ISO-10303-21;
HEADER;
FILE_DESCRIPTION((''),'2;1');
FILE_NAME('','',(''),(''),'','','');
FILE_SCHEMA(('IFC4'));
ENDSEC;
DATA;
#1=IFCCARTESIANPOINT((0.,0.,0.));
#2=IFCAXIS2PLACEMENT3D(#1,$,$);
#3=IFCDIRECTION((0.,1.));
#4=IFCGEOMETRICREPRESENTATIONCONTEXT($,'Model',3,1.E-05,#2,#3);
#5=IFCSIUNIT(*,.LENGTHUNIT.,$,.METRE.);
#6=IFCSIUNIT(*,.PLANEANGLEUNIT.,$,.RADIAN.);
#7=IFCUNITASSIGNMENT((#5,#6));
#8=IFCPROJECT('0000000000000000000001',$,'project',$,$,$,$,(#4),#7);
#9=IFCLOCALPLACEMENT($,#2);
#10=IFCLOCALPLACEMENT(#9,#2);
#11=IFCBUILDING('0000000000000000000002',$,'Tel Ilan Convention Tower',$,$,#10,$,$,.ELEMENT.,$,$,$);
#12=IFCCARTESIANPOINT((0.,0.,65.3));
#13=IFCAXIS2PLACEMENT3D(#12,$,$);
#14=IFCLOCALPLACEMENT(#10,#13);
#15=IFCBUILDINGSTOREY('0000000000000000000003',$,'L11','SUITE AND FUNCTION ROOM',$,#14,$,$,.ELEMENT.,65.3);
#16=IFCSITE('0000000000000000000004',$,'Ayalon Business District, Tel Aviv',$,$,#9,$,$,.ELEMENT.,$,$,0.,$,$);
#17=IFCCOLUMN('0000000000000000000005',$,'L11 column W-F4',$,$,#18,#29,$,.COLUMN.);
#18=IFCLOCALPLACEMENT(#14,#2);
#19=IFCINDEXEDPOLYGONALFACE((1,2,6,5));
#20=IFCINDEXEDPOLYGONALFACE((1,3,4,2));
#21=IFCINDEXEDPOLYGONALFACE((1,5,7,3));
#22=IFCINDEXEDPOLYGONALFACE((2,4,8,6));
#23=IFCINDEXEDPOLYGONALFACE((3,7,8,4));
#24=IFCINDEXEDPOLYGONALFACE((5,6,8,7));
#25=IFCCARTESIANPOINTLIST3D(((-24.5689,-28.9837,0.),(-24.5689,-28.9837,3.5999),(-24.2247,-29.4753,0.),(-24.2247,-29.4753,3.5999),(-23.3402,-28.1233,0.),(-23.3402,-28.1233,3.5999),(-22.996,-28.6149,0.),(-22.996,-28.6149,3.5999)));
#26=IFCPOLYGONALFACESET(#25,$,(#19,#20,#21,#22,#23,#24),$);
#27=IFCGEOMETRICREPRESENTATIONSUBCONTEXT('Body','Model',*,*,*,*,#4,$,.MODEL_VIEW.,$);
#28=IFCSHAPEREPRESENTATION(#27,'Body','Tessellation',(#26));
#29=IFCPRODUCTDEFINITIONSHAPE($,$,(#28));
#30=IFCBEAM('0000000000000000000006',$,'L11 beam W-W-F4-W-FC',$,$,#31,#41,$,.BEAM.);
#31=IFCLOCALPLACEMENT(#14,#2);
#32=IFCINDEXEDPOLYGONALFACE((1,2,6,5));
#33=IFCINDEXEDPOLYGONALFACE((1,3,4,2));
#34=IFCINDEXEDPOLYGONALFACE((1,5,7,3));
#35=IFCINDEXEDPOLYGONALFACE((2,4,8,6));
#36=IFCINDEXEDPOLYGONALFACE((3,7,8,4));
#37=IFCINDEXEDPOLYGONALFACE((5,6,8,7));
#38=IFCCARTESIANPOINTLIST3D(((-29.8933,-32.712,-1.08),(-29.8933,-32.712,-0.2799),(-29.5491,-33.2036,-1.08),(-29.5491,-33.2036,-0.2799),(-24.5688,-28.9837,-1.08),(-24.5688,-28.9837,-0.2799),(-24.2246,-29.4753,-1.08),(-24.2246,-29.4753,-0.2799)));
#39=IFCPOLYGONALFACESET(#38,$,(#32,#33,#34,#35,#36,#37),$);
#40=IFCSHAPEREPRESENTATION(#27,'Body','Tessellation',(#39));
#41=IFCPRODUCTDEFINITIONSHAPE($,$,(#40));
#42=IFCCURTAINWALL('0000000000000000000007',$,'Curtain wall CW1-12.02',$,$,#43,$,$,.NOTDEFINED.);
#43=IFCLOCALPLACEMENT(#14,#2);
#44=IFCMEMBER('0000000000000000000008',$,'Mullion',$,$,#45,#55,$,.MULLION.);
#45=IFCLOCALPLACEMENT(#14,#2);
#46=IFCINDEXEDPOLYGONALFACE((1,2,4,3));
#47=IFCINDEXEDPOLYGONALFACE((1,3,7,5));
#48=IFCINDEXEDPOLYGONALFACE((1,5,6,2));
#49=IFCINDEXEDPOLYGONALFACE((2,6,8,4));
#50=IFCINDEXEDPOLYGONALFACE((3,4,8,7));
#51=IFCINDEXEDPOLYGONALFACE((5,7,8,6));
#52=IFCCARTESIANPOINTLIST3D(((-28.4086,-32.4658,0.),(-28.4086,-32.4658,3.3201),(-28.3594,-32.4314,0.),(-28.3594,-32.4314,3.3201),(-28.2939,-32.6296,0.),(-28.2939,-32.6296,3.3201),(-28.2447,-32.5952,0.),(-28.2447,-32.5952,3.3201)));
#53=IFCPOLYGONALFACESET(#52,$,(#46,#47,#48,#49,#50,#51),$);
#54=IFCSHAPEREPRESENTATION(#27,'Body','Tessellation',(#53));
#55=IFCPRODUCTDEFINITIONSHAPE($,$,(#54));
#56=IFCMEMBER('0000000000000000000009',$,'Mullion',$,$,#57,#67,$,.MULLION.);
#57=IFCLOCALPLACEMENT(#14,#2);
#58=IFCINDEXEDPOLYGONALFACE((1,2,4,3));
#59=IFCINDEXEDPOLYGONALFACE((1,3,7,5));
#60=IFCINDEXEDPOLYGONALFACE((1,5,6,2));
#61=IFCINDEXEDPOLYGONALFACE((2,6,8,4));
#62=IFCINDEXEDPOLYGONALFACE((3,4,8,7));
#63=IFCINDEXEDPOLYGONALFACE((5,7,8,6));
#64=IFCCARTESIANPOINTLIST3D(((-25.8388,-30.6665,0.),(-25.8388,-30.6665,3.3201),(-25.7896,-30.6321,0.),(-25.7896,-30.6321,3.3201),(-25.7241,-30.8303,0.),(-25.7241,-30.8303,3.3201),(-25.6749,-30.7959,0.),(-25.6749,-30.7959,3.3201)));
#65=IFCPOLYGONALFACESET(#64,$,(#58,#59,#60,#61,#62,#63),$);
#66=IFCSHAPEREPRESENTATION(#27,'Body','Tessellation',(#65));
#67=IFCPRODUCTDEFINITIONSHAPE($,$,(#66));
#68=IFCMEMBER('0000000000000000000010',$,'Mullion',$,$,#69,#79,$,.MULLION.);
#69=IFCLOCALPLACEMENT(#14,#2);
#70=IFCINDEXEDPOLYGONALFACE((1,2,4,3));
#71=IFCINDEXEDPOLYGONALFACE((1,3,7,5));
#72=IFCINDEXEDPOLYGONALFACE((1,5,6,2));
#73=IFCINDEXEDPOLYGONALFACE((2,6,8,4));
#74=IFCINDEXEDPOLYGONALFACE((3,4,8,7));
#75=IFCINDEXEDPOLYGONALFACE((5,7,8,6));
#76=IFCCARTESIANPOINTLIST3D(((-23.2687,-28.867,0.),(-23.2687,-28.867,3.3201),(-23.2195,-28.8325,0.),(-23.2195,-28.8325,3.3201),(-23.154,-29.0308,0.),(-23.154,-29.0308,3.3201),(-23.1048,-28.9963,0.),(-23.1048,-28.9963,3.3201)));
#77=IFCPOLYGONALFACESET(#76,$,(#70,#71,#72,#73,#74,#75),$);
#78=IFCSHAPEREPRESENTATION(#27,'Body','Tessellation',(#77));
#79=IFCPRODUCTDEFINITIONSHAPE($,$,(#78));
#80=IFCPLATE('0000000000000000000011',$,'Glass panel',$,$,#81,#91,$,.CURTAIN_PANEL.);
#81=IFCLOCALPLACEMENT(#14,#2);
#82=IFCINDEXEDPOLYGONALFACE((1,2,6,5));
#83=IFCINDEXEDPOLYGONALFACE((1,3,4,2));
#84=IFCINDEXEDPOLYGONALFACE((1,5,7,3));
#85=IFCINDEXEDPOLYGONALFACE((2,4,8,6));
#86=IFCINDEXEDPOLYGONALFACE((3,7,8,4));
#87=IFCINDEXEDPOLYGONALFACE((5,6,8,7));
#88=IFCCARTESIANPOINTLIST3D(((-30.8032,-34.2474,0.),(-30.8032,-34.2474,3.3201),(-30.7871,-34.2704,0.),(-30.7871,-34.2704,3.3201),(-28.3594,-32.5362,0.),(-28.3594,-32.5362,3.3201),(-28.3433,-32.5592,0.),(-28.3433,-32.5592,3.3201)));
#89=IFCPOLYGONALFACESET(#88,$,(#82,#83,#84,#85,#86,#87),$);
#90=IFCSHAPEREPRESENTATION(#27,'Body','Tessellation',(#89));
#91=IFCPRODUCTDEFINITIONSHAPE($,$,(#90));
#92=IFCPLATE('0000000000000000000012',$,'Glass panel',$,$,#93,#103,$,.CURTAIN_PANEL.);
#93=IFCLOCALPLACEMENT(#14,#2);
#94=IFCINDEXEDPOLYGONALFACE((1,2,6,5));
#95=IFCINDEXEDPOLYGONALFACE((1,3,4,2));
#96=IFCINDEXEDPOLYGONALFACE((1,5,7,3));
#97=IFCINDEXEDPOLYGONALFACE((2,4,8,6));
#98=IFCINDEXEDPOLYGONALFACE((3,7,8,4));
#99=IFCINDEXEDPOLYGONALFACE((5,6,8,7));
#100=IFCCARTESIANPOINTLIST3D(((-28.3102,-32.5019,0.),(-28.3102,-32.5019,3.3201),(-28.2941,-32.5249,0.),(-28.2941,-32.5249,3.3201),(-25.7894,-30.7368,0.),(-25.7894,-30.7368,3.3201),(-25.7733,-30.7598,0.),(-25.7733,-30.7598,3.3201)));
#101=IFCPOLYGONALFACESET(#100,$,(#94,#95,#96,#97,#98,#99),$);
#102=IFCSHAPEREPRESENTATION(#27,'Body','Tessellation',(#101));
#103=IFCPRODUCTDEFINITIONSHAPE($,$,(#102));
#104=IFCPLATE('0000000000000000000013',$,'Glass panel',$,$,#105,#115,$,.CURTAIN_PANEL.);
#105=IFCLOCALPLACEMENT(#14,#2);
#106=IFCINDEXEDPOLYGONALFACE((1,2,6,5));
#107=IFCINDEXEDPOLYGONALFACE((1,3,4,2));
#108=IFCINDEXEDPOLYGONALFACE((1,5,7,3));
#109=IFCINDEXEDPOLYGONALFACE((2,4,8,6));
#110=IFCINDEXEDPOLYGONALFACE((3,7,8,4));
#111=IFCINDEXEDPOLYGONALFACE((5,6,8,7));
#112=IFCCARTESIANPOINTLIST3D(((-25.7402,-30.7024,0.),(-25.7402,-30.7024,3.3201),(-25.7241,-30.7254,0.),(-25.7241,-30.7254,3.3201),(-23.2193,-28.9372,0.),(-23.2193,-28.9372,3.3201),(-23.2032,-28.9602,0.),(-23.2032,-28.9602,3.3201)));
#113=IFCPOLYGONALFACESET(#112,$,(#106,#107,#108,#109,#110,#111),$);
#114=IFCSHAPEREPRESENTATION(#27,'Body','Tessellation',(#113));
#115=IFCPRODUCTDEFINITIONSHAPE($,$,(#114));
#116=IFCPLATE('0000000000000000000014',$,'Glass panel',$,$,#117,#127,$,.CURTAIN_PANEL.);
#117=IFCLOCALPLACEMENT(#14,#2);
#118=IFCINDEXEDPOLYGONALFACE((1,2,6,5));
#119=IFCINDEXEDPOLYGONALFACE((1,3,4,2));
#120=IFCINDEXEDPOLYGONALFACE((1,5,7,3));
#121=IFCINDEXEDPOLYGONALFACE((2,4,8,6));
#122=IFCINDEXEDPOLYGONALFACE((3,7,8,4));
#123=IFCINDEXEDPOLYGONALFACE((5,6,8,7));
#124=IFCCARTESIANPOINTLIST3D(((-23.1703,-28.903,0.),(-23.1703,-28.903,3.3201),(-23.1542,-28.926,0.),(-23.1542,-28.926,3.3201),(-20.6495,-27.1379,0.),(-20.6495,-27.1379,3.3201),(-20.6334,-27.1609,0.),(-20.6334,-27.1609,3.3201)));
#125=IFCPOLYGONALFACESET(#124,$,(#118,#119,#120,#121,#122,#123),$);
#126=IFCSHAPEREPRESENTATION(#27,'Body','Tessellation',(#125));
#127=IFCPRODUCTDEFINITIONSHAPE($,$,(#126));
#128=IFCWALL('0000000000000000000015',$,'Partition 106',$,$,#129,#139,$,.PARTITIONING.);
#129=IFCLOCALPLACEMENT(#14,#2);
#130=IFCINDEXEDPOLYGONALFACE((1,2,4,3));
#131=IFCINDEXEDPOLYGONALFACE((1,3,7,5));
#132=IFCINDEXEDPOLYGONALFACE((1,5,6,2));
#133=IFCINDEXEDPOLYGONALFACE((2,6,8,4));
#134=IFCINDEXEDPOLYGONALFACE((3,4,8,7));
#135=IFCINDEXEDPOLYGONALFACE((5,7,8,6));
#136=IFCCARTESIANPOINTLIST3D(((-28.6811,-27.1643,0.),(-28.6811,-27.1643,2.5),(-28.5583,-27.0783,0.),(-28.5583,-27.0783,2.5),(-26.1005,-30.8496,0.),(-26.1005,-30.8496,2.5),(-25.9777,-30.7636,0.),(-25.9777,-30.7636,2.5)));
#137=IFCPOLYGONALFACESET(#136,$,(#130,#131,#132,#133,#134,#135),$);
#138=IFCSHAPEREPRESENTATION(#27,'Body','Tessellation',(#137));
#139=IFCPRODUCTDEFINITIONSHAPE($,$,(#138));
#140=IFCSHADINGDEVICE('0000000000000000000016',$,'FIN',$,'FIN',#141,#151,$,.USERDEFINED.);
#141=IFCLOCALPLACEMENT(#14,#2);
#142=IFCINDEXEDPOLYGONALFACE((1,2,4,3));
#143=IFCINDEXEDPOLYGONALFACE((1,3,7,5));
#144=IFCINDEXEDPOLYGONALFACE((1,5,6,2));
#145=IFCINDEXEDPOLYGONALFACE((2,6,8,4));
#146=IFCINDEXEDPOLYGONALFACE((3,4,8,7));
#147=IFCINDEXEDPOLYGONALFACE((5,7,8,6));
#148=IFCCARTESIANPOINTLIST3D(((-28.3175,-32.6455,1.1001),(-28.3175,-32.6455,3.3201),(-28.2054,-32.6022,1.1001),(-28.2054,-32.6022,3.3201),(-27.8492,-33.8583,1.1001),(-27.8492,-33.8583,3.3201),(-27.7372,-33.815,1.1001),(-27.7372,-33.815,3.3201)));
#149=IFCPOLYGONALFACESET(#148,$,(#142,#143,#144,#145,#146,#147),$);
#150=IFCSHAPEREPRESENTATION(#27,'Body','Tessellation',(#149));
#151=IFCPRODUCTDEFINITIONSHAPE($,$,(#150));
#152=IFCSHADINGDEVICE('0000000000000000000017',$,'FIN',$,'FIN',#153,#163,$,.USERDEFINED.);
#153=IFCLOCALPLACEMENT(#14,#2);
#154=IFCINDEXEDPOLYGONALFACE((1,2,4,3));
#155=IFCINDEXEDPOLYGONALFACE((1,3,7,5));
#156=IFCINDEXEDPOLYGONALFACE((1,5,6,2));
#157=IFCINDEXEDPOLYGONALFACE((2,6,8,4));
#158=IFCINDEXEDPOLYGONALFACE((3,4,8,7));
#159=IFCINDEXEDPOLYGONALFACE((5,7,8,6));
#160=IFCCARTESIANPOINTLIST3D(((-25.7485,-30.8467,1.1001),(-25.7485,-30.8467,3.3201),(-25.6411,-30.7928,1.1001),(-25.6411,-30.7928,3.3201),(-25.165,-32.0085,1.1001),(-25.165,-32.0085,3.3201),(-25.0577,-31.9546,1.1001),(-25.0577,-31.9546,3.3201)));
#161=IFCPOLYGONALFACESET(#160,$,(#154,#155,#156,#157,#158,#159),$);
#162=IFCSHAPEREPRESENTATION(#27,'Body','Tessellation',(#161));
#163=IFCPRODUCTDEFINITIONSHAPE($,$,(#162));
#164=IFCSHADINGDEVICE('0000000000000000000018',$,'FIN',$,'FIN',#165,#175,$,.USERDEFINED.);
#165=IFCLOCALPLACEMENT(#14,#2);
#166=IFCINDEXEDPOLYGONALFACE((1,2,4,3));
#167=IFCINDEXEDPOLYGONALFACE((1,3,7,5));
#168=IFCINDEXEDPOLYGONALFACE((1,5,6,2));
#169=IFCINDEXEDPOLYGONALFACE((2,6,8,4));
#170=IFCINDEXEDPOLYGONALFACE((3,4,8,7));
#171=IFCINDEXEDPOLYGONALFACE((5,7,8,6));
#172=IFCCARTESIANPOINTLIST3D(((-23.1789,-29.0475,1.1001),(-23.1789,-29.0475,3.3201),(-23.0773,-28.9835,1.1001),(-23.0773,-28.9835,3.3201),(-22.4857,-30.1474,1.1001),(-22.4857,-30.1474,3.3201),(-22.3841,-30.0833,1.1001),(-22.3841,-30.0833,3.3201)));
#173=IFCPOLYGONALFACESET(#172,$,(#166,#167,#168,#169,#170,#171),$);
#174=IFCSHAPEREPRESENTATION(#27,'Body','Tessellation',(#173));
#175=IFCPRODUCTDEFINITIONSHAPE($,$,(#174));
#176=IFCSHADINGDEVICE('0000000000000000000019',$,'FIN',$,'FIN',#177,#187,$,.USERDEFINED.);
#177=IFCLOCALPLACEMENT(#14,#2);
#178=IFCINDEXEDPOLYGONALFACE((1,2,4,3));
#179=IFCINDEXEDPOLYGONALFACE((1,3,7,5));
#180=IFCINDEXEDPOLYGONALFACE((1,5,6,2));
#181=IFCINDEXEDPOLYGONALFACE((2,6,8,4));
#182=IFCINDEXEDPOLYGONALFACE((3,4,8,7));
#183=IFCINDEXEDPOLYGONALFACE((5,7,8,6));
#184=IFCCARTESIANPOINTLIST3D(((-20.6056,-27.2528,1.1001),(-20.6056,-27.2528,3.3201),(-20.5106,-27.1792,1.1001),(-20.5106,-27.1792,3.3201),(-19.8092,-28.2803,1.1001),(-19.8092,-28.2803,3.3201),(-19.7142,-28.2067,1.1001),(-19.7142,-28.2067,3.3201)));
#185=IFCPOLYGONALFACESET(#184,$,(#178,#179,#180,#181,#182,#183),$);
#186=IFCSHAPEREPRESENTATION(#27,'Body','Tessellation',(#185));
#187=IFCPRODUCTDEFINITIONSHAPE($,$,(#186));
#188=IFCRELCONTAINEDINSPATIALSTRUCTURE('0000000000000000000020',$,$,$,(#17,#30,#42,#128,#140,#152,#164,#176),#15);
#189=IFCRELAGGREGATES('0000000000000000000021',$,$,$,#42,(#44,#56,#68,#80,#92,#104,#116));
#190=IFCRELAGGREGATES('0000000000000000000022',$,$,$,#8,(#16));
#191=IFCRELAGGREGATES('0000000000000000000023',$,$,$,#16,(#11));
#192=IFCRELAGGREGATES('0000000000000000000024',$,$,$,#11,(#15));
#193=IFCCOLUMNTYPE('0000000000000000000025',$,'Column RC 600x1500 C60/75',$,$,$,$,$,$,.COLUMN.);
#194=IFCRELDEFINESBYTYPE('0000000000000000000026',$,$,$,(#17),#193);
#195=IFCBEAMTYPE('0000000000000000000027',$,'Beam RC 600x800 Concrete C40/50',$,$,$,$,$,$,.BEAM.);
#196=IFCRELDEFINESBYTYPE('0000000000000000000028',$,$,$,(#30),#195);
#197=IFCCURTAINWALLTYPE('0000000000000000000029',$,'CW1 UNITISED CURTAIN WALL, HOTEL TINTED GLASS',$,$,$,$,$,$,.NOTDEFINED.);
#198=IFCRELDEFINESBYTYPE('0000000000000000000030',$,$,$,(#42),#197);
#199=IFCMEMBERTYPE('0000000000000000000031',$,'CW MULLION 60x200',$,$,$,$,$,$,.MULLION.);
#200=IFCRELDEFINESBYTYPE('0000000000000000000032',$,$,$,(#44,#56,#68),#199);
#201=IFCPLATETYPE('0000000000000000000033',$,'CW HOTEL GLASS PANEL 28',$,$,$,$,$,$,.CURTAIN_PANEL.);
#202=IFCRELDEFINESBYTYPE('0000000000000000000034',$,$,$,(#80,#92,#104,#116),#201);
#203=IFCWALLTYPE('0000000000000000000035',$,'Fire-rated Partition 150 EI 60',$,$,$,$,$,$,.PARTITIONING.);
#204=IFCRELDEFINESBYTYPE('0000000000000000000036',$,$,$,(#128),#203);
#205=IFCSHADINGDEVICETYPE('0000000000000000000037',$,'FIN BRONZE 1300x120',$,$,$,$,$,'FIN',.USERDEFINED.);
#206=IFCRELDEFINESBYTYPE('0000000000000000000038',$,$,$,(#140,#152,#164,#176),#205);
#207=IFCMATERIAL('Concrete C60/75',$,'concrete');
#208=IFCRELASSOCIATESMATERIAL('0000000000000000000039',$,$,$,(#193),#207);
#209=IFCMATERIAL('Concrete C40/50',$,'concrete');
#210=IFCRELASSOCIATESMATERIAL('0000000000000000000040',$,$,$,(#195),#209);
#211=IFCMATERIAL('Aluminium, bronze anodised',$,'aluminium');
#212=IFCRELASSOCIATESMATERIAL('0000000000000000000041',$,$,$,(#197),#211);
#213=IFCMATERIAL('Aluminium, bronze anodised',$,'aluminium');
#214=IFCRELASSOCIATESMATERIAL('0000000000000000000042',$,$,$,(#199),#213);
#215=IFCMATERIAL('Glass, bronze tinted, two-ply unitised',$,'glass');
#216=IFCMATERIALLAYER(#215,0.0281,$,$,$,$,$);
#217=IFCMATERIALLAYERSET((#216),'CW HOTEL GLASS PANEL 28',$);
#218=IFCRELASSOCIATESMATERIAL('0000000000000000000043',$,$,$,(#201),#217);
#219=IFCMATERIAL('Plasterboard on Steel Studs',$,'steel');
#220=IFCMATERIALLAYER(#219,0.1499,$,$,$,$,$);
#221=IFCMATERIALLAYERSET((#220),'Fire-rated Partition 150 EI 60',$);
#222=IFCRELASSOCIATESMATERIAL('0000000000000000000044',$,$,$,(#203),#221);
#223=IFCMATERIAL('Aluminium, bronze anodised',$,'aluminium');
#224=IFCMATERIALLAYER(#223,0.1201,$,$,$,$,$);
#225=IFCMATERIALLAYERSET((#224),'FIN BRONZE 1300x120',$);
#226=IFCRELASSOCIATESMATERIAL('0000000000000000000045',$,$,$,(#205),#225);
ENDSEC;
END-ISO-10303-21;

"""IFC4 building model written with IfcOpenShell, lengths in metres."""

from ifc_helpers import new_model, si_unit, direction, frame, frame_2d, origin, origin_2d, place, context, subcontext, project, spatial, rectangle, extrude, material, layer, layer_set, material_profile, profile_set, type_object, element, aggregate, save


model = new_model("IFC4")

# Units and contexts
model_context = context("Model", 3, precision=1e-05, world=origin(), true_north=direction((0.0, 1.0)))
body_context = subcontext(model_context, "Body", "Model", "MODEL_VIEW")
ifc_project = project(units=[si_unit("LENGTHUNIT", "METRE"), si_unit("PLANEANGLEUNIT", "RADIAN")], contexts=[model_context])

# Site, building, storey
site_placement = place(None, origin())
site = spatial("IfcSite", under=ifc_project, at=site_placement, Name="Ayalon Business District, Tel Aviv", CompositionType="ELEMENT", RefElevation=0.0)
building_placement = place(site_placement, origin())
building = spatial("IfcBuilding", under=site, at=building_placement, Name="Tel Ilan Convention Tower", CompositionType="ELEMENT")
storey_placement = place(building_placement, frame((0.0, 0.0, 65.3)))
storey = spatial("IfcBuildingStorey", under=building, at=storey_placement, Name="L11", Description="SUITE AND FUNCTION ROOM", CompositionType="ELEMENT", Elevation=65.3)

# Column
ifc_material_1 = material(Name="Concrete C60/75", Category="concrete")
ifc_material_profile_1 = material_profile(ifc_material_1, rectangle(XDim=1.5, YDim=0.6001, at=origin_2d()), Name="RC 600x1500")
ifc_profile_set_1 = profile_set([ifc_material_profile_1], Name="Concrete C60/75")
column_type = type_object("IfcColumnType", Name="Column RC 600x1500 C60/75", PredefinedType="COLUMN", material=ifc_profile_set_1)
column_placement = place(storey_placement, frame((-23.7825, -28.7993, 0.0), z_axis=(0.0, 0.0, 1.0), x_axis=(-0.819152, -0.573576, 0.0)))
element("IfcColumn", 1, at=column_placement, inside=storey, type_object=column_type, Name="L11 column W-F4", PredefinedType="COLUMN", context=body_context, shape_type="SweptSolid", body=[
    extrude(rectangle(XDim=1.5, YDim=0.6001, at=origin_2d()), origin(), (0.0, 0.0, 1.0), 3.5999),
])

# Beam
ifc_material_2 = material(Name="Concrete C40/50", Category="concrete")
ifc_material_profile_2 = material_profile(ifc_material_2, rectangle(XDim=0.6001, YDim=0.8, at=origin_2d()), Name="RC 600x800")
ifc_profile_set_2 = profile_set([ifc_material_profile_2], Name="Concrete C40/50")
beam_type = type_object("IfcBeamType", Name="Beam RC 600x800 Concrete C40/50", PredefinedType="BEAM", material=ifc_profile_set_2)
beam_placement = place(storey_placement, frame((-24.3967, -29.2295, -0.6799), z_axis=(-0.819149, -0.573581, 0.0), x_axis=(0.573581, -0.819149, 0.0)))
element("IfcBeam", 2, at=beam_placement, inside=storey, type_object=beam_type, Name="L11 beam W-W-F4-W-FC", PredefinedType="BEAM", context=body_context, shape_type="SweptSolid", body=[
    extrude(rectangle(XDim=0.6001, YDim=0.8, at=origin_2d()), origin(), (0.0, 0.0, 1.0), 6.5),
])

# Curtain wall, members, plates
ifc_material_3 = material(Name="Aluminium, bronze anodised", Category="aluminium")
curtain_wall_type = type_object("IfcCurtainWallType", Name="CW1 UNITISED CURTAIN WALL, HOTEL TINTED GLASS", PredefinedType="NOTDEFINED", material=ifc_material_3)
curtain_wall_placement = place(storey_placement, origin())
curtain_wall = element("IfcCurtainWall", 3, at=curtain_wall_placement, inside=storey, type_object=curtain_wall_type, Name="Curtain wall CW1-12.02", PredefinedType="NOTDEFINED")
ifc_material_4 = material(Name="Aluminium, bronze anodised", Category="aluminium")
ifc_material_profile_3 = material_profile(ifc_material_4, rectangle(XDim=0.0601, YDim=0.2, at=origin_2d()), Name="CW MULLION 60x200")
ifc_profile_set_3 = profile_set([ifc_material_profile_3], Name="Aluminium, bronze anodised")
member_type = type_object("IfcMemberType", Name="CW MULLION 60x200", PredefinedType="MULLION", material=ifc_profile_set_3)
member_1_placement = place(storey_placement, frame((-28.3267, -32.5305, 0.0), z_axis=(0.0, 0.0, 1.0), x_axis=(0.819152, 0.573576, 0.0)))
member_1 = element("IfcMember", 4, at=member_1_placement, type_object=member_type, Name="Mullion", PredefinedType="MULLION", context=body_context, shape_type="SweptSolid", body=[
    extrude(rectangle(XDim=0.0601, YDim=0.2, at=origin_2d()), origin(), (0.0, 0.0, 1.0), 3.3201),
])
member_2_placement = place(storey_placement, frame((-25.7568, -30.7312, 0.0), z_axis=(0.0, 0.0, 1.0), x_axis=(0.819152, 0.573576, 0.0)))
member_2 = element("IfcMember", 5, at=member_2_placement, type_object=member_type, Name="Mullion", PredefinedType="MULLION", context=body_context, shape_type="SweptSolid", body=[
    extrude(rectangle(XDim=0.0601, YDim=0.2, at=origin_2d()), origin(), (0.0, 0.0, 1.0), 3.3201),
])
member_3_placement = place(storey_placement, frame((-23.1868, -28.9316, 0.0), z_axis=(0.0, 0.0, 1.0), x_axis=(0.819152, 0.573576, 0.0)))
member_3 = element("IfcMember", 6, at=member_3_placement, type_object=member_type, Name="Mullion", PredefinedType="MULLION", context=body_context, shape_type="SweptSolid", body=[
    extrude(rectangle(XDim=0.0601, YDim=0.2, at=origin_2d()), origin(), (0.0, 0.0, 1.0), 3.3201),
])
ifc_material_5 = material(Name="Glass, bronze tinted, two-ply unitised", Category="glass")
ifc_layer_1 = layer(ifc_material_5, 0.0281)
ifc_layer_set_1 = layer_set([ifc_layer_1], Name="CW HOTEL GLASS PANEL 28")
plate_type = type_object("IfcPlateType", Name="CW HOTEL GLASS PANEL 28", PredefinedType="CURTAIN_PANEL", material=ifc_layer_set_1)
plate_1_placement = place(storey_placement, frame((-29.5732, -33.4033, 0.0), z_axis=(0.0, 0.0, 1.0), x_axis=(0.819152, 0.573576, 0.0)))
plate_1 = element("IfcPlate", 7, at=plate_1_placement, type_object=plate_type, Name="Glass panel", PredefinedType="CURTAIN_PANEL", context=body_context, shape_type="SweptSolid", body=[
    extrude(rectangle(XDim=2.9834, YDim=0.0281, at=origin_2d()), origin(), (0.0, 0.0, 1.0), 3.3201),
])
plate_2_placement = place(storey_placement, frame((-27.0417, -31.6309, 0.0), z_axis=(0.0, 0.0, 1.0), x_axis=(0.819152, 0.573576, 0.0)))
plate_2 = element("IfcPlate", 8, at=plate_2_placement, type_object=plate_type, Name="Glass panel", PredefinedType="CURTAIN_PANEL", context=body_context, shape_type="SweptSolid", body=[
    extrude(rectangle(XDim=3.0774, YDim=0.0281, at=origin_2d()), origin(), (0.0, 0.0, 1.0), 3.3201),
])
plate_3_placement = place(storey_placement, frame((-24.4717, -29.8313, 0.0), z_axis=(0.0, 0.0, 1.0), x_axis=(0.819152, 0.573576, 0.0)))
plate_3 = element("IfcPlate", 9, at=plate_3_placement, type_object=plate_type, Name="Glass panel", PredefinedType="CURTAIN_PANEL", context=body_context, shape_type="SweptSolid", body=[
    extrude(rectangle(XDim=3.0774, YDim=0.0281, at=origin_2d()), origin(), (0.0, 0.0, 1.0), 3.3201),
])
plate_4_placement = place(storey_placement, frame((-21.9019, -28.032, 0.0), z_axis=(0.0, 0.0, 1.0), x_axis=(0.819152, 0.573576, 0.0)))
plate_4 = element("IfcPlate", 10, at=plate_4_placement, type_object=plate_type, Name="Glass panel", PredefinedType="CURTAIN_PANEL", context=body_context, shape_type="SweptSolid", body=[
    extrude(rectangle(XDim=3.0774, YDim=0.0281, at=origin_2d()), origin(), (0.0, 0.0, 1.0), 3.3201),
])
aggregate(curtain_wall, [member_1, member_2, member_3, plate_1, plate_2, plate_3, plate_4])

# Wall
ifc_material_6 = material(Name="Plasterboard on Steel Studs", Category="steel")
ifc_layer_2 = layer(ifc_material_6, 0.1499)
ifc_layer_set_2 = layer_set([ifc_layer_2], Name="Fire-rated Partition 150 EI 60")
wall_type = type_object("IfcWallType", Name="Fire-rated Partition 150 EI 60", PredefinedType="PARTITIONING", material=ifc_layer_set_2)
wall_placement = place(storey_placement, frame((-26.0391, -30.8066, 0.0), z_axis=(0.0, 0.0, 1.0), x_axis=(-0.57359, 0.819143, 0.0)))
element("IfcWall", 11, at=wall_placement, inside=storey, type_object=wall_type, Name="Partition 106", PredefinedType="PARTITIONING", context=body_context, shape_type="SweptSolid", body=[
    extrude(rectangle(XDim=4.499, YDim=0.1499, at=frame_2d((2.2495, 0.0))), origin(), (0.0, 0.0, 1.0), 2.5),
])

# Shading devices
ifc_material_7 = material(Name="Aluminium, bronze anodised", Category="aluminium")
ifc_layer_3 = layer(ifc_material_7, 0.1201)
ifc_layer_set_3 = layer_set([ifc_layer_3], Name="FIN BRONZE 1300x120")
shading_device_type = type_object("IfcShadingDeviceType", Name="FIN BRONZE 1300x120", ElementType="FIN", PredefinedType="USERDEFINED", material=ifc_layer_set_3)
for number, where, z_axis, x_axis, name in (
    (12, (-28.0273, -33.2302, 1.1001), (0.0, 0.0, 1.0), (0.360178, -0.932884, 0.0), "FIN"),
    (13, (-25.4031, -31.4006, 1.1001), (0.0, 0.0, 1.0), (0.448799, -0.893633, 0.0), "FIN"),
    (14, (-22.7815, -29.5654, 1.1001), (0.0, 0.0, 1.0), (0.533204, -0.845986, 0.0), "FIN"),
    (15, (-20.1599, -27.7297, 1.1001), (0.0, 0.0, 1.0), (0.612601, -0.790393, 0.0), "FIN"),
):
    element("IfcShadingDevice", number, at=place(storey_placement, frame(where, z_axis=z_axis, x_axis=x_axis)), inside=storey, type_object=shading_device_type, Name=name, ObjectType="FIN", PredefinedType="USERDEFINED", context=body_context, shape_type="SweptSolid", body=[
        extrude(rectangle(XDim=1.3, YDim=0.1201, at=origin_2d()), origin(), (0.0, 0.0, 1.0), 2.22),
    ])

save(model, "model.ifc")
